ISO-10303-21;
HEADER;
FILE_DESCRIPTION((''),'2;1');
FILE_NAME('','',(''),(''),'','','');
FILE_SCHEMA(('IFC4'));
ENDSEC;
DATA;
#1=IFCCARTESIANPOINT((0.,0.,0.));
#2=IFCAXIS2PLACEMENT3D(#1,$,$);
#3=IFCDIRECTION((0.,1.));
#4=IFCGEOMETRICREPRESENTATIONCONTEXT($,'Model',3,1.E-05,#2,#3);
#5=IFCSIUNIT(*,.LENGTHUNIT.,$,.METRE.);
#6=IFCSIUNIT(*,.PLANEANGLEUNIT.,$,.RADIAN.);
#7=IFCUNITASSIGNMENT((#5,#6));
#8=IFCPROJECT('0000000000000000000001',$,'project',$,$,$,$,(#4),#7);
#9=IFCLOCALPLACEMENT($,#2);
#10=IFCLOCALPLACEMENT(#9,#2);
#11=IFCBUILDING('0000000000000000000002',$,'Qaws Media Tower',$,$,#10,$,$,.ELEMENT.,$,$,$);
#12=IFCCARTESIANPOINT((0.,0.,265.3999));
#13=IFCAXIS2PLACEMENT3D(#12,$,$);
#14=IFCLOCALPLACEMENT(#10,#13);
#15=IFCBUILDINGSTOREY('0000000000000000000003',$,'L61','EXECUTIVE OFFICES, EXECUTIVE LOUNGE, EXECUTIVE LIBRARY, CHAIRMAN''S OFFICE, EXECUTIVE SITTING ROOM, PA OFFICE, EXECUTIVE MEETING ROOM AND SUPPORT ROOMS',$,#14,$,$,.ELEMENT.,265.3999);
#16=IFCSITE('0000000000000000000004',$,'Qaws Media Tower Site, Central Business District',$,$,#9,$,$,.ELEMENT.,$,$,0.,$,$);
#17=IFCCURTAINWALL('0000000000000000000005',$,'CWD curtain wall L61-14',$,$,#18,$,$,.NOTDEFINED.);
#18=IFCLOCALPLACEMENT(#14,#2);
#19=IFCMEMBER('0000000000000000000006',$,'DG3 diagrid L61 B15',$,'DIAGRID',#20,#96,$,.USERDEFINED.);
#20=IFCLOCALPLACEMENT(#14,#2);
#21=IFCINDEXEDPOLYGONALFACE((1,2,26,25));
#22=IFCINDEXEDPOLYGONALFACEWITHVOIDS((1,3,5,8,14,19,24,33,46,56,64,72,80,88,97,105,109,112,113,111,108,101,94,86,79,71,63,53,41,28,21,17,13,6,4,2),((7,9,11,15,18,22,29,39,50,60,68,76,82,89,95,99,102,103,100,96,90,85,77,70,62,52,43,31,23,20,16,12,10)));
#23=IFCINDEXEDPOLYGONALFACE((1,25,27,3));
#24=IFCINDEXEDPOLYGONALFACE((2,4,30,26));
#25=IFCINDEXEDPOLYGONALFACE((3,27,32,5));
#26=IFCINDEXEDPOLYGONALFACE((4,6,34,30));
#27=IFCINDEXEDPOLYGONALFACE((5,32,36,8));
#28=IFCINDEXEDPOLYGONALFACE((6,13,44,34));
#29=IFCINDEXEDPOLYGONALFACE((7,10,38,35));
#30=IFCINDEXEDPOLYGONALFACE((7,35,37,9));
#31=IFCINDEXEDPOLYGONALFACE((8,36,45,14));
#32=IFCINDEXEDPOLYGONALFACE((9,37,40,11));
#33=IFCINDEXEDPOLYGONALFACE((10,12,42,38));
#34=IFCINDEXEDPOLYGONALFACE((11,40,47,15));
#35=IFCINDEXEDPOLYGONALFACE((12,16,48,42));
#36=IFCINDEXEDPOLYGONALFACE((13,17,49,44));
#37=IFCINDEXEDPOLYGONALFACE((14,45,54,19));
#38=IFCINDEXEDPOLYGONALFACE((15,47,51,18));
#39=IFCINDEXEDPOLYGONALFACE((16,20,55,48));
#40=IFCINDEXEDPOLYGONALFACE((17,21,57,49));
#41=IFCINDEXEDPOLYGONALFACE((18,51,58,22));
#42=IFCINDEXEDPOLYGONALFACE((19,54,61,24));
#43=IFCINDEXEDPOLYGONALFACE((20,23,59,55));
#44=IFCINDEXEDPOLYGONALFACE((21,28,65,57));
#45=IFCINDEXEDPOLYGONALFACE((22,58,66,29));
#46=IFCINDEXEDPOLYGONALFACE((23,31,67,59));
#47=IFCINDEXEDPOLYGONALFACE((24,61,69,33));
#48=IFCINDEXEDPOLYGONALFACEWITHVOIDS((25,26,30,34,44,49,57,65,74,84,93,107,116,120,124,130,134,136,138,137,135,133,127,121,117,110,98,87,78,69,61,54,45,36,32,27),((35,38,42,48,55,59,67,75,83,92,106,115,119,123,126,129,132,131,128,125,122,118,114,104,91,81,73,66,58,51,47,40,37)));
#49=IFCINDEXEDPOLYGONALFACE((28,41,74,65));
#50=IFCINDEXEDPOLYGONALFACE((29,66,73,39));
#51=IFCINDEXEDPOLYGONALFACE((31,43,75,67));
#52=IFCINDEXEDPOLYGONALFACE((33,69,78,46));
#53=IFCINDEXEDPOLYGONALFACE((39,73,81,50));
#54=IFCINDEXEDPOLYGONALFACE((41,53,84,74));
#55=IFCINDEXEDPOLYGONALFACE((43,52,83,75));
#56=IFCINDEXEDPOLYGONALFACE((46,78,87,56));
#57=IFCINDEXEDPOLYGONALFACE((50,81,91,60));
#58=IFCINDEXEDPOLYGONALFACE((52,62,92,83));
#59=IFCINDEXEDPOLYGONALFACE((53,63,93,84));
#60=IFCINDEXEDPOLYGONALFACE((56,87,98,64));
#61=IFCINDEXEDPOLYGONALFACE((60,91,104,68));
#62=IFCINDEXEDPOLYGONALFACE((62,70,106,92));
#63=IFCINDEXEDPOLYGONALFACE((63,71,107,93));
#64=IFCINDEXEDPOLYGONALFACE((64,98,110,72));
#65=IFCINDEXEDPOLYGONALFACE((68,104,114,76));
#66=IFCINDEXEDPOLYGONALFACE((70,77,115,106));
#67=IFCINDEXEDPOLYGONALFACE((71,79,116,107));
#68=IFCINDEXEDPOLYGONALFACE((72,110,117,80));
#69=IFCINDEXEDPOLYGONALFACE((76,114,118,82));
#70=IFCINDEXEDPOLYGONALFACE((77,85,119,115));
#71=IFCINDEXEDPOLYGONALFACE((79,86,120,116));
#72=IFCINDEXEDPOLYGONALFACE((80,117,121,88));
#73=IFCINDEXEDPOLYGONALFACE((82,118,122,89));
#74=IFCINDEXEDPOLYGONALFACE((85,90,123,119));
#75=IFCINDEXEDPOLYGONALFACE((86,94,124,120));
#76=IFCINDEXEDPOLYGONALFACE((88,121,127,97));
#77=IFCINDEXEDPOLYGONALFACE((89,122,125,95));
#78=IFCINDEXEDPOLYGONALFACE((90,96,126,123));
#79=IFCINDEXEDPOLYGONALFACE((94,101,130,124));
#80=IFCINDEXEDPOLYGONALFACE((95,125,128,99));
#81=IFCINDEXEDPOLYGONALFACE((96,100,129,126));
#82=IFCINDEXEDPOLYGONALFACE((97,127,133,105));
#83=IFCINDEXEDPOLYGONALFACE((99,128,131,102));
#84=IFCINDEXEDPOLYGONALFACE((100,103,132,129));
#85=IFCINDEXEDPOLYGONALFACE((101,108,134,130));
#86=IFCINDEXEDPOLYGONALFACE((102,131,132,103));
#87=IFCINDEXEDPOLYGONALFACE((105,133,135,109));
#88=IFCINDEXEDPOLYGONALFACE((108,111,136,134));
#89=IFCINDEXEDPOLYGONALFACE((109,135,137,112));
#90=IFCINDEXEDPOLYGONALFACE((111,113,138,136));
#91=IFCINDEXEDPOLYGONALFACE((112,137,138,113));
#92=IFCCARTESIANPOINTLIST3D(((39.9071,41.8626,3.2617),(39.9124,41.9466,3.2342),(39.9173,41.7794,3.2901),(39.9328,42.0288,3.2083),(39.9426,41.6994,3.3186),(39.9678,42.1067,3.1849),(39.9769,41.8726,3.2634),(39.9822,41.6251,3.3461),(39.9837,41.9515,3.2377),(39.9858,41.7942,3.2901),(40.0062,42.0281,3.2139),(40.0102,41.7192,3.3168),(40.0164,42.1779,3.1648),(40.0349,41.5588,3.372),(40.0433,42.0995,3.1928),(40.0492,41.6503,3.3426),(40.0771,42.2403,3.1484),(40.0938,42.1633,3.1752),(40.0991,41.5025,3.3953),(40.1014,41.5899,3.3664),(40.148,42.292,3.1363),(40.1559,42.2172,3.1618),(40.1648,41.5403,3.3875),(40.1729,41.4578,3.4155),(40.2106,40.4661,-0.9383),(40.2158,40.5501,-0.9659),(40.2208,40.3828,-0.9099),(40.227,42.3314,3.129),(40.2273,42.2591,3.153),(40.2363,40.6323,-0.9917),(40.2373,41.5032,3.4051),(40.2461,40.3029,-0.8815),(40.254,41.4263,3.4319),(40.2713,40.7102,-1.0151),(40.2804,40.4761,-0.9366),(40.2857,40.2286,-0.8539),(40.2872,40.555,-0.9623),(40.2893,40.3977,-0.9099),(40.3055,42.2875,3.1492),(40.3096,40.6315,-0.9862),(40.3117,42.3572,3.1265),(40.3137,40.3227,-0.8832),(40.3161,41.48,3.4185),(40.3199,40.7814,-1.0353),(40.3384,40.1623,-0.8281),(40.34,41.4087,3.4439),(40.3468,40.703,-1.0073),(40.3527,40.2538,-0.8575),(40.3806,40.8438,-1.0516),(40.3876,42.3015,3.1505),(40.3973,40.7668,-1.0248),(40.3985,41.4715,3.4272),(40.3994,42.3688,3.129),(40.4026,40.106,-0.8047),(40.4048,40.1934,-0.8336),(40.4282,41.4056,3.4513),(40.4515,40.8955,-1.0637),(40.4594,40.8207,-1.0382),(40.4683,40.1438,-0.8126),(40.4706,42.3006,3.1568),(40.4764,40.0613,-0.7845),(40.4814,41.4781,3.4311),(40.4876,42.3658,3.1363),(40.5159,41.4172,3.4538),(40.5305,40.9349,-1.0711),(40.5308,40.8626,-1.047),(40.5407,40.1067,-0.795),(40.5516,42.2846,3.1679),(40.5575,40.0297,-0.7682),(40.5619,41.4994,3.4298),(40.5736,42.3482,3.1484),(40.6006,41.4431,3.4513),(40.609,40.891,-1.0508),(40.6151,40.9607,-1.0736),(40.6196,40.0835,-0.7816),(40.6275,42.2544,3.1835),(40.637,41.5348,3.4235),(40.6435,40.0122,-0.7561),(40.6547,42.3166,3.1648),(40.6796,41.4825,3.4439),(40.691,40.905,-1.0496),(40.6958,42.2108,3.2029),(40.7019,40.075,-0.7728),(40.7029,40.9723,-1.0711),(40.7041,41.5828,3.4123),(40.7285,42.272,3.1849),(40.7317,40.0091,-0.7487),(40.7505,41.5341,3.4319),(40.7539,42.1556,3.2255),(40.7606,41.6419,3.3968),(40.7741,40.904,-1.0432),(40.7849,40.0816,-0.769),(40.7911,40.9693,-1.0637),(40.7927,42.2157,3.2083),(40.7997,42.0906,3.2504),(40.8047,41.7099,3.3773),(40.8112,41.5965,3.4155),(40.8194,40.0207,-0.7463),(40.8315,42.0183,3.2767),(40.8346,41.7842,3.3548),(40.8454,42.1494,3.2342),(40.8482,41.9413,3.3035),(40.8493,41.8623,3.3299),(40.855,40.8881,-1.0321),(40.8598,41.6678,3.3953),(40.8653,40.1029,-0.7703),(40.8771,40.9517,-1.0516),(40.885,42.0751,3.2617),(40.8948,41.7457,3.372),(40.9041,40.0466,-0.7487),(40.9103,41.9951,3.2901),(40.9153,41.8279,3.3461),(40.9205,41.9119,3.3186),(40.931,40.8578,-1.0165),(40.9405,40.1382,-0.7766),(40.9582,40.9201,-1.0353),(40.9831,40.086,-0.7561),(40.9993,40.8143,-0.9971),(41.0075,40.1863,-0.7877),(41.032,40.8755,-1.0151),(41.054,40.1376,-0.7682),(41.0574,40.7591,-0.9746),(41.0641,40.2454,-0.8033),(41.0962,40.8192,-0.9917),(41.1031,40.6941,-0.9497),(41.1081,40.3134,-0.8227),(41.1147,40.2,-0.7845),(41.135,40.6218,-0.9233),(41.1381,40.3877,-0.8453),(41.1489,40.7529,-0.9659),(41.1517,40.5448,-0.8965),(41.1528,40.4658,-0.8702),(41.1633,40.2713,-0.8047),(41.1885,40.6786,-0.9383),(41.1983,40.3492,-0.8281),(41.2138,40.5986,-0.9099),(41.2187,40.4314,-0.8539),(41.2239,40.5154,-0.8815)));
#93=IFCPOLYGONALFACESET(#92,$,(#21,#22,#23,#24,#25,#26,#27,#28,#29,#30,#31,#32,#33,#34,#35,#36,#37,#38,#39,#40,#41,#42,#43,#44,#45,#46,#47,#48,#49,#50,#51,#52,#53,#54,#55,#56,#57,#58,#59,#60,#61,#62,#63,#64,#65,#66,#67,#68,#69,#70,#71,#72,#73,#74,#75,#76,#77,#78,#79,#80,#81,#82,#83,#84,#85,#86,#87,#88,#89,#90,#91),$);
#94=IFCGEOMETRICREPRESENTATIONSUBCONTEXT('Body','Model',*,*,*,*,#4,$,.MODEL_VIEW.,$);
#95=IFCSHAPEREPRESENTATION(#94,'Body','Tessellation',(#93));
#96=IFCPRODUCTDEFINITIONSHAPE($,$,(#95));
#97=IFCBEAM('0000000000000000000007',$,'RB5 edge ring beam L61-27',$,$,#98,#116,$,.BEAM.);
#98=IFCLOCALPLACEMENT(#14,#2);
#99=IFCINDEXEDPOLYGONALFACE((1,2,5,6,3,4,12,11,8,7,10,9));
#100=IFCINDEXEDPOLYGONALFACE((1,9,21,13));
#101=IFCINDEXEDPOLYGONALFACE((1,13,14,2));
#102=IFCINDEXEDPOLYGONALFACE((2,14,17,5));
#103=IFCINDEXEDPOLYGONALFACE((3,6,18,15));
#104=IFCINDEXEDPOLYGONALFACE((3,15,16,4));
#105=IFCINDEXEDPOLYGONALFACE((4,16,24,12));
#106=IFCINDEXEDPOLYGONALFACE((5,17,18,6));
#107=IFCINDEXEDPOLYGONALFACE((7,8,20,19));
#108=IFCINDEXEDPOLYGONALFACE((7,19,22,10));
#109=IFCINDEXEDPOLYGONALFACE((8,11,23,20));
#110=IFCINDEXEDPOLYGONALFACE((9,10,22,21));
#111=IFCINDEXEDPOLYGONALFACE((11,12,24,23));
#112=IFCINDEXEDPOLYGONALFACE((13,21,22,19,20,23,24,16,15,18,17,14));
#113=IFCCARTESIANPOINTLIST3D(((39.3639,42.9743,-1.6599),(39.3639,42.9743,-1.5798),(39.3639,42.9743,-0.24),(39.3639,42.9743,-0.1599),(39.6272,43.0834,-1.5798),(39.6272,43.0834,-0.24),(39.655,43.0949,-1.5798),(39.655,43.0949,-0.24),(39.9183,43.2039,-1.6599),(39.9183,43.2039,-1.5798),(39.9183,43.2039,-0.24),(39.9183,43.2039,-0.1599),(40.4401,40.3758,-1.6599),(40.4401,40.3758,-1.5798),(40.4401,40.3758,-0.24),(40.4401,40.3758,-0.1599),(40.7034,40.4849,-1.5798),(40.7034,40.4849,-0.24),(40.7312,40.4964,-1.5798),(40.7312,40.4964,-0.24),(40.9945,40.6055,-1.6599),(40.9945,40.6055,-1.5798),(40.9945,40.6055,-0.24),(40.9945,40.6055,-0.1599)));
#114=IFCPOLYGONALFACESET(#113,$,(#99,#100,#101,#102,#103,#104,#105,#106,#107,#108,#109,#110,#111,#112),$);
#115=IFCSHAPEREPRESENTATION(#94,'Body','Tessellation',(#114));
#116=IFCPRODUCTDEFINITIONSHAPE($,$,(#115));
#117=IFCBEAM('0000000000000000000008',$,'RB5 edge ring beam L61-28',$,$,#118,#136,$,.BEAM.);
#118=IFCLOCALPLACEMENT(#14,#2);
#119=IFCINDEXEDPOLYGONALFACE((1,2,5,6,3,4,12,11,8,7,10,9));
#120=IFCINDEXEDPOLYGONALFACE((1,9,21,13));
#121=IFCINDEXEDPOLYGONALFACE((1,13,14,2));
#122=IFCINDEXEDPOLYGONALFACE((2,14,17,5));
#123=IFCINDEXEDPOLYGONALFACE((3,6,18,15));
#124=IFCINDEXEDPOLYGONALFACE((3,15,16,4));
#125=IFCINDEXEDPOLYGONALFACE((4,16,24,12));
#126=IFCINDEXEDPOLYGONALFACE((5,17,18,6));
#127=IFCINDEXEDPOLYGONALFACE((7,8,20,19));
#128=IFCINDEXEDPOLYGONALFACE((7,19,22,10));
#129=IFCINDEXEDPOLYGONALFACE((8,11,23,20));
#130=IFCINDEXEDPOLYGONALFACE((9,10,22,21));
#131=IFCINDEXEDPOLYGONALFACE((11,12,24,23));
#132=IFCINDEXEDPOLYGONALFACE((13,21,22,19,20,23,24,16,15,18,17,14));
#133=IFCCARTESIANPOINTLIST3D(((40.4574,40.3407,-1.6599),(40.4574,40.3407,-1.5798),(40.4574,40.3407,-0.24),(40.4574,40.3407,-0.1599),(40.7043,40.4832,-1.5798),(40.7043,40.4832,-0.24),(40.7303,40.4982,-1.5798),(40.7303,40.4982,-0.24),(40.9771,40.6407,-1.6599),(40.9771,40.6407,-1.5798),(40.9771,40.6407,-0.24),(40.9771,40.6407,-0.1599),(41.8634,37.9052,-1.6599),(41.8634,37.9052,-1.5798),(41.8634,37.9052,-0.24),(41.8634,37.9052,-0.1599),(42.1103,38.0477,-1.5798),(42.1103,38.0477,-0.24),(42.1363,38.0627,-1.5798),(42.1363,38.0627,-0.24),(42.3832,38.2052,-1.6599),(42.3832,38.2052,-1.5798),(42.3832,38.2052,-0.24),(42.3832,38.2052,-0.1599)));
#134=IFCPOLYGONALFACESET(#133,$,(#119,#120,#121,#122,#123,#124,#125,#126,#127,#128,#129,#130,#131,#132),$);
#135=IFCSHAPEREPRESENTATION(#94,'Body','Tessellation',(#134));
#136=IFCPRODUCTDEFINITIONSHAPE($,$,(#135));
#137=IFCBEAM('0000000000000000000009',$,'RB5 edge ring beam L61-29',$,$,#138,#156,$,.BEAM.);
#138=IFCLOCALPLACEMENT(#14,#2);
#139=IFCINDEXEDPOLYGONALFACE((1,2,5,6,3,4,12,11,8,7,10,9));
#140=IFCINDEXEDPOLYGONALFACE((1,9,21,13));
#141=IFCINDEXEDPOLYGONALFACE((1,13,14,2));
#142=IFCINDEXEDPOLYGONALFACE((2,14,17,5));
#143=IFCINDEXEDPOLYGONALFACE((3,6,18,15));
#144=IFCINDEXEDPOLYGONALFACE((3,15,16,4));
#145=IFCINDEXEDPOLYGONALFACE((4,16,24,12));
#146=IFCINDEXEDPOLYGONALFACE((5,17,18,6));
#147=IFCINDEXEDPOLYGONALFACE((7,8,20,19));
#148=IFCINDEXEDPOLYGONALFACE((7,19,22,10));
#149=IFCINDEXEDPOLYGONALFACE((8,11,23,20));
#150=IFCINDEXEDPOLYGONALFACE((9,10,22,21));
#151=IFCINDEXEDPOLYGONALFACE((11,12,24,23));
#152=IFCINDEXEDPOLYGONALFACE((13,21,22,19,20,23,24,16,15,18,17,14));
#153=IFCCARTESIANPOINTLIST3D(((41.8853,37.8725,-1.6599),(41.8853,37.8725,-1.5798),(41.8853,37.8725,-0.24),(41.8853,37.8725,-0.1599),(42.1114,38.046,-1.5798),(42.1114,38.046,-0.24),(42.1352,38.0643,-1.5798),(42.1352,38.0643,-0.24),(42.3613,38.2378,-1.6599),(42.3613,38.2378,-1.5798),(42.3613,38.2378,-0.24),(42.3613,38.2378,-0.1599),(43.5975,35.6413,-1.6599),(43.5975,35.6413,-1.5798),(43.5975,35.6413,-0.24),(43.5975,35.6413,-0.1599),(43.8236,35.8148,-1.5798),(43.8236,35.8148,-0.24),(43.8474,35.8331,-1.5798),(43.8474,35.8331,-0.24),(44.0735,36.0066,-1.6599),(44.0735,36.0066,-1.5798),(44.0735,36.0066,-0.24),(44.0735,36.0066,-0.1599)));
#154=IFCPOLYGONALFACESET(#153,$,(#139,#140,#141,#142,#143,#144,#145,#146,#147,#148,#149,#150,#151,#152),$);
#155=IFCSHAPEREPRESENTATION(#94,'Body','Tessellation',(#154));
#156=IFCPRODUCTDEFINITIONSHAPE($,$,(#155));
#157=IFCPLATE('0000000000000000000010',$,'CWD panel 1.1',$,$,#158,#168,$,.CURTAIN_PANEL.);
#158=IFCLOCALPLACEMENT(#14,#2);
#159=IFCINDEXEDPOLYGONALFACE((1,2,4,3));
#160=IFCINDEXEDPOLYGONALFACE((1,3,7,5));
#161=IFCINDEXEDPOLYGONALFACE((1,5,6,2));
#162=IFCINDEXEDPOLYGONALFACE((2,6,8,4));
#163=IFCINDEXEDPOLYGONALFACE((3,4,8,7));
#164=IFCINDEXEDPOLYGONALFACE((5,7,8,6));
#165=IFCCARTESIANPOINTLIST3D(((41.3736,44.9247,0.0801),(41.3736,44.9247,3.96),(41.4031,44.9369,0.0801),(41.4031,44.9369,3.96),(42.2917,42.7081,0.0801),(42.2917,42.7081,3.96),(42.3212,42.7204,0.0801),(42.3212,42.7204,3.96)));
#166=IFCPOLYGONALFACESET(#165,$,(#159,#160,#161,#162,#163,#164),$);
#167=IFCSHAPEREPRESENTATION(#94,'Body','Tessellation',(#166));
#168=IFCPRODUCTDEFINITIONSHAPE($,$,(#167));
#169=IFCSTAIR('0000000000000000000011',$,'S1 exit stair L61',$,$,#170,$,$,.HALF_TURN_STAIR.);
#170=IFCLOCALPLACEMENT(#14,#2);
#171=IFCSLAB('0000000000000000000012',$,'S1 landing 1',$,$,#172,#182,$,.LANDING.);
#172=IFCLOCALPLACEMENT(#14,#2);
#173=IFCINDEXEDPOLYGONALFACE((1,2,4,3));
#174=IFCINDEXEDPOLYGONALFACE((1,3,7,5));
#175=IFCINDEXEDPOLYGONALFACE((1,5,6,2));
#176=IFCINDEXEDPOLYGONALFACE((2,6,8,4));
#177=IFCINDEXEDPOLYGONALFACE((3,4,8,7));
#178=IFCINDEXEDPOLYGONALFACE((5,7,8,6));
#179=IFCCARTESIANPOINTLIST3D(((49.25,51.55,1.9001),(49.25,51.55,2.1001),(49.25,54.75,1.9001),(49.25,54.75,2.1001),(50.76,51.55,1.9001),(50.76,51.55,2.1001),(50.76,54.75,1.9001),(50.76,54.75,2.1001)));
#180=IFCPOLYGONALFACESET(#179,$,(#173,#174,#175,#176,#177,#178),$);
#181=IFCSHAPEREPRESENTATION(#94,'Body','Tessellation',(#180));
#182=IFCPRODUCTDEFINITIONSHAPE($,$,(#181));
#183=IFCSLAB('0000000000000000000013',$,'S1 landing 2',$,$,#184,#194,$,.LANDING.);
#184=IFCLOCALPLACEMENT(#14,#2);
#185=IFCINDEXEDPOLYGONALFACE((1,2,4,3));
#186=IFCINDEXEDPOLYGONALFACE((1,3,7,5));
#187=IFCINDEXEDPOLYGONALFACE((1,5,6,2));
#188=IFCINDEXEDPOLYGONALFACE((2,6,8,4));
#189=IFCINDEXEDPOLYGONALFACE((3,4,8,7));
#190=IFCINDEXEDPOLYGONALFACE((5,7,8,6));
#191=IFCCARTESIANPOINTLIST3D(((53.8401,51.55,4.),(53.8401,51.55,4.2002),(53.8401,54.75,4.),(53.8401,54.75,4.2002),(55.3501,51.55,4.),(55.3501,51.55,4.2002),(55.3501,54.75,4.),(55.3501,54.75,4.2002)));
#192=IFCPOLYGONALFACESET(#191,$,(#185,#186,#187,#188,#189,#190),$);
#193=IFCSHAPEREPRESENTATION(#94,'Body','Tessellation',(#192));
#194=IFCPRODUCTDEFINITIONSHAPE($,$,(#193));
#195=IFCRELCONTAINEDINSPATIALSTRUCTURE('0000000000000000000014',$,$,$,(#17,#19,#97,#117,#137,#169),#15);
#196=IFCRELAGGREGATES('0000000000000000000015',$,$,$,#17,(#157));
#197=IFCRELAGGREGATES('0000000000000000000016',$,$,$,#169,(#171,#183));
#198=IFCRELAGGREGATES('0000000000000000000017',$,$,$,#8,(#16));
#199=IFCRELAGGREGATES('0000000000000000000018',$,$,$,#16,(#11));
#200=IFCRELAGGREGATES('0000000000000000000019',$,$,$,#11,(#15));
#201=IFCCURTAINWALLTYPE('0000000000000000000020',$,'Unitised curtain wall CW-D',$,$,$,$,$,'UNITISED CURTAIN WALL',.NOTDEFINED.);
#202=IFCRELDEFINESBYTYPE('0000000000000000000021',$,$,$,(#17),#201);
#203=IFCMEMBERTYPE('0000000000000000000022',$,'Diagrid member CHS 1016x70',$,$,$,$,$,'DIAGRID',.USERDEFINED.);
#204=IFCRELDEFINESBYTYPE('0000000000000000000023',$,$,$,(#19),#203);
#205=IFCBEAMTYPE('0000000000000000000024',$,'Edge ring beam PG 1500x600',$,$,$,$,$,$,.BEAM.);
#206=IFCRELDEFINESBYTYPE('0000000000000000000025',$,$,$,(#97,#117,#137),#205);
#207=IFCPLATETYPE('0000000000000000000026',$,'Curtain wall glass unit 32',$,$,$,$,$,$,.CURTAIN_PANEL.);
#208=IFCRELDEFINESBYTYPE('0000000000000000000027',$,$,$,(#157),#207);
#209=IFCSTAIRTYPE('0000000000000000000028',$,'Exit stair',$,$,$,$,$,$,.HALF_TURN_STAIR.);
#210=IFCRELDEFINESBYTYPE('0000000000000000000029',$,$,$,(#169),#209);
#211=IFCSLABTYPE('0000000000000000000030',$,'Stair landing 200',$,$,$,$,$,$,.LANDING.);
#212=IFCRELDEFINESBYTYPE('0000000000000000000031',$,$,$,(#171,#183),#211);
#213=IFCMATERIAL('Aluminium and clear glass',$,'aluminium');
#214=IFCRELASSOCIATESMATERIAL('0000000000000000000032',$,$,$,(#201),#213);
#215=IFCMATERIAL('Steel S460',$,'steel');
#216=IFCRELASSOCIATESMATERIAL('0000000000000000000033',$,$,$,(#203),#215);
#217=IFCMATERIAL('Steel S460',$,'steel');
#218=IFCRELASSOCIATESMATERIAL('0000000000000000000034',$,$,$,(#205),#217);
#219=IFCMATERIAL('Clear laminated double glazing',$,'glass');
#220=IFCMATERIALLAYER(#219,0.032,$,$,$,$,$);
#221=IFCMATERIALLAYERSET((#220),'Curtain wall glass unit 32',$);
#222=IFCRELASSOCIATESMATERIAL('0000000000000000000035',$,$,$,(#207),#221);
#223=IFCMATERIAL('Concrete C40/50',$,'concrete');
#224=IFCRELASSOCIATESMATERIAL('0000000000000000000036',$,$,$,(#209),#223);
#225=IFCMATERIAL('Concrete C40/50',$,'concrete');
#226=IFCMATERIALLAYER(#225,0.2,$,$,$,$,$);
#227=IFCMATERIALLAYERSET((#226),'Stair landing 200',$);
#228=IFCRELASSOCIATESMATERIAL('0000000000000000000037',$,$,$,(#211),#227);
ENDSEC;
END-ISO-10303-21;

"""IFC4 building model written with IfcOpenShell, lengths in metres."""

from ifc_helpers import new_model, si_unit, direction, frame, origin, origin_2d, place, context, subcontext, project, spatial, polyline, rectangle, hollow_circle, i_section, outline, extrude, material, layer, layer_set, material_profile, profile_set, type_object, element, aggregate, save


model = new_model("IFC4")

# Units and contexts
model_context = context("Model", 3, precision=1e-05, world=origin(), true_north=direction((0.0, 1.0)))
body_context = subcontext(model_context, "Body", "Model", "MODEL_VIEW")
ifc_project = project(units=[si_unit("LENGTHUNIT", "METRE"), si_unit("PLANEANGLEUNIT", "RADIAN")], contexts=[model_context])

# Site, building, storey
site_placement = place(None, origin())
site = spatial("IfcSite", under=ifc_project, at=site_placement, Name="Qaws Media Tower Site, Central Business District", CompositionType="ELEMENT", RefElevation=0.0)
building_placement = place(site_placement, origin())
building = spatial("IfcBuilding", under=site, at=building_placement, Name="Qaws Media Tower", CompositionType="ELEMENT")
storey_placement = place(building_placement, frame((0.0, 0.0, 265.3999)))
storey = spatial("IfcBuildingStorey", under=building, at=storey_placement, Name="L61", Description="EXECUTIVE OFFICES, EXECUTIVE LOUNGE, EXECUTIVE LIBRARY, CHAIRMAN'S OFFICE, EXECUTIVE SITTING ROOM, PA OFFICE, EXECUTIVE MEETING ROOM AND SUPPORT ROOMS", CompositionType="ELEMENT", Elevation=265.3999)

# Curtain wall
ifc_material_1 = material(Name="Aluminium and clear glass", Category="aluminium")
curtain_wall_type = type_object("IfcCurtainWallType", Name="Unitised curtain wall CW-D", ElementType="UNITISED CURTAIN WALL", PredefinedType="NOTDEFINED", material=ifc_material_1)
curtain_wall_placement = place(storey_placement, origin())
curtain_wall = element("IfcCurtainWall", 1, at=curtain_wall_placement, inside=storey, type_object=curtain_wall_type, Name="CWD curtain wall L61-14", PredefinedType="NOTDEFINED")

# Member
ifc_material_2 = material(Name="Steel S460", Category="steel")
ifc_material_profile_1 = material_profile(ifc_material_2, hollow_circle(Radius=0.5081, WallThickness=0.0701, at=origin_2d()), Name="CHS 1016x70")
ifc_profile_set_1 = profile_set([ifc_material_profile_1], Name="Steel S460")
member_type_1 = type_object("IfcMemberType", Name="Diagrid member CHS 1016x70", ElementType="DIAGRID", PredefinedType="USERDEFINED", material=ifc_profile_set_1)
member_1_placement = place(storey_placement, frame((40.7173, 40.4907, -0.9099), z_axis=(-0.068403, 0.314777, 0.946698), x_axis=(-0.977193, -0.212352, 0.0)))
element("IfcMember", 2, at=member_1_placement, inside=storey, type_object=member_type_1, Name="DG3 diagrid L61 B15", ObjectType="DIAGRID", PredefinedType="USERDEFINED", context=body_context, shape_type="SweptSolid", body=[
    extrude(hollow_circle(Radius=0.5081, WallThickness=0.0701, at=origin_2d()), origin(), (0.0, 0.0, 1.0), 4.4365),
])

# Beams
ifc_material_3 = material(Name="Steel S460", Category="steel")
ifc_material_profile_2 = material_profile(ifc_material_3, i_section(OverallWidth=0.6001, OverallDepth=1.5, WebThickness=0.03, FlangeThickness=0.0801, at=origin_2d()), Name="PG 1500x600")
ifc_profile_set_2 = profile_set([ifc_material_profile_2], Name="Steel S460")
beam_type = type_object("IfcBeamType", Name="Edge ring beam PG 1500x600", PredefinedType="BEAM", material=ifc_profile_set_2)
beam_1_placement = place(storey_placement, frame((39.6411, 43.0891, -0.9099), z_axis=(0.382648, -0.923894, 0.0), x_axis=(0.923894, 0.382648, 0.0)))
element("IfcBeam", 3, at=beam_1_placement, inside=storey, type_object=beam_type, Name="RB5 edge ring beam L61-27", PredefinedType="BEAM", context=body_context, shape_type="SweptSolid", body=[
    extrude(i_section(OverallWidth=0.6001, OverallDepth=1.5, WebThickness=0.03, FlangeThickness=0.0801, at=origin_2d()), origin(), (0.0, 0.0, 1.0), 2.8125),
])
beam_2_placement = place(storey_placement, frame((40.7173, 40.4907, -0.9099), z_axis=(0.499958, -0.86605, 0.0), x_axis=(0.86605, 0.499958, 0.0)))
element("IfcBeam", 4, at=beam_2_placement, inside=storey, type_object=beam_type, Name="RB5 edge ring beam L61-28", PredefinedType="BEAM", context=body_context, shape_type="SweptSolid", body=[
    extrude(i_section(OverallWidth=0.6001, OverallDepth=1.5, WebThickness=0.03, FlangeThickness=0.0801, at=origin_2d()), origin(), (0.0, 0.0, 1.0), 2.8123),
])
beam_3_placement = place(storey_placement, frame((42.1233, 38.0552, -0.9099), z_axis=(0.608783, -0.793337, 0.0), x_axis=(0.793337, 0.608783, 0.0)))
element("IfcBeam", 5, at=beam_3_placement, inside=storey, type_object=beam_type, Name="RB5 edge ring beam L61-29", PredefinedType="BEAM", context=body_context, shape_type="SweptSolid", body=[
    extrude(i_section(OverallWidth=0.6001, OverallDepth=1.5, WebThickness=0.03, FlangeThickness=0.0801, at=origin_2d()), origin(), (0.0, 0.0, 1.0), 2.8125),
])

# Plate
ifc_material_4 = material(Name="Clear laminated double glazing", Category="glass")
ifc_layer_1 = layer(ifc_material_4, 0.032)
ifc_layer_set_1 = layer_set([ifc_layer_1], Name="Curtain wall glass unit 32")
plate_type = type_object("IfcPlateType", Name="Curtain wall glass unit 32", PredefinedType="CURTAIN_PANEL", material=ifc_layer_set_1)
plate_placement = place(storey_placement, frame((41.8474, 43.8225, 0.0801), z_axis=(0.0, 0.0, 1.0), x_axis=(0.382683, -0.92388, 0.0)))
plate = element("IfcPlate", 6, at=plate_placement, type_object=plate_type, Name="CWD panel 1.1", PredefinedType="CURTAIN_PANEL", context=body_context, shape_type="SweptSolid", body=[
    extrude(rectangle(XDim=2.3992, YDim=0.032, at=origin_2d()), origin(), (0.0, 0.0, 1.0), 3.8799),
])
aggregate(curtain_wall, [plate])

# Stair, slabs
ifc_material_5 = material(Name="Concrete C40/50", Category="concrete")
stair_type = type_object("IfcStairType", Name="Exit stair", PredefinedType="HALF_TURN_STAIR", material=ifc_material_5)
stair_1_placement = place(storey_placement, origin())
stair_1 = element("IfcStair", 7, at=stair_1_placement, inside=storey, type_object=stair_type, Name="S1 exit stair L61", PredefinedType="HALF_TURN_STAIR")
ifc_material_6 = material(Name="Concrete C40/50", Category="concrete")
ifc_layer_2 = layer(ifc_material_6, 0.2)
ifc_layer_set_2 = layer_set([ifc_layer_2], Name="Stair landing 200")
slab_type = type_object("IfcSlabType", Name="Stair landing 200", PredefinedType="LANDING", material=ifc_layer_set_2)
slab_1_placement = place(storey_placement, frame((0.0, 0.0, 1.9001)))
slab_1 = element("IfcSlab", 8, at=slab_1_placement, type_object=slab_type, Name="S1 landing 1", PredefinedType="LANDING", context=body_context, shape_type="SweptSolid", body=[
    extrude(outline(polyline([(49.25, 51.55), (50.76, 51.55), (50.76, 54.75), (49.25, 54.75), (49.25, 51.55)])), origin(), (0.0, 0.0, 1.0), 0.2),
])
slab_2_placement = place(storey_placement, frame((0.0, 0.0, 4.0)))
slab_2 = element("IfcSlab", 9, at=slab_2_placement, type_object=slab_type, Name="S1 landing 2", PredefinedType="LANDING", context=body_context, shape_type="SweptSolid", body=[
    extrude(outline(polyline([(53.8401, 51.55), (55.3501, 51.55), (55.3501, 54.75), (53.8401, 54.75), (53.8401, 51.55)])), origin(), (0.0, 0.0, 1.0), 0.2002),
])
aggregate(stair_1, [slab_1, slab_2])

save(model, "model.ifc")
